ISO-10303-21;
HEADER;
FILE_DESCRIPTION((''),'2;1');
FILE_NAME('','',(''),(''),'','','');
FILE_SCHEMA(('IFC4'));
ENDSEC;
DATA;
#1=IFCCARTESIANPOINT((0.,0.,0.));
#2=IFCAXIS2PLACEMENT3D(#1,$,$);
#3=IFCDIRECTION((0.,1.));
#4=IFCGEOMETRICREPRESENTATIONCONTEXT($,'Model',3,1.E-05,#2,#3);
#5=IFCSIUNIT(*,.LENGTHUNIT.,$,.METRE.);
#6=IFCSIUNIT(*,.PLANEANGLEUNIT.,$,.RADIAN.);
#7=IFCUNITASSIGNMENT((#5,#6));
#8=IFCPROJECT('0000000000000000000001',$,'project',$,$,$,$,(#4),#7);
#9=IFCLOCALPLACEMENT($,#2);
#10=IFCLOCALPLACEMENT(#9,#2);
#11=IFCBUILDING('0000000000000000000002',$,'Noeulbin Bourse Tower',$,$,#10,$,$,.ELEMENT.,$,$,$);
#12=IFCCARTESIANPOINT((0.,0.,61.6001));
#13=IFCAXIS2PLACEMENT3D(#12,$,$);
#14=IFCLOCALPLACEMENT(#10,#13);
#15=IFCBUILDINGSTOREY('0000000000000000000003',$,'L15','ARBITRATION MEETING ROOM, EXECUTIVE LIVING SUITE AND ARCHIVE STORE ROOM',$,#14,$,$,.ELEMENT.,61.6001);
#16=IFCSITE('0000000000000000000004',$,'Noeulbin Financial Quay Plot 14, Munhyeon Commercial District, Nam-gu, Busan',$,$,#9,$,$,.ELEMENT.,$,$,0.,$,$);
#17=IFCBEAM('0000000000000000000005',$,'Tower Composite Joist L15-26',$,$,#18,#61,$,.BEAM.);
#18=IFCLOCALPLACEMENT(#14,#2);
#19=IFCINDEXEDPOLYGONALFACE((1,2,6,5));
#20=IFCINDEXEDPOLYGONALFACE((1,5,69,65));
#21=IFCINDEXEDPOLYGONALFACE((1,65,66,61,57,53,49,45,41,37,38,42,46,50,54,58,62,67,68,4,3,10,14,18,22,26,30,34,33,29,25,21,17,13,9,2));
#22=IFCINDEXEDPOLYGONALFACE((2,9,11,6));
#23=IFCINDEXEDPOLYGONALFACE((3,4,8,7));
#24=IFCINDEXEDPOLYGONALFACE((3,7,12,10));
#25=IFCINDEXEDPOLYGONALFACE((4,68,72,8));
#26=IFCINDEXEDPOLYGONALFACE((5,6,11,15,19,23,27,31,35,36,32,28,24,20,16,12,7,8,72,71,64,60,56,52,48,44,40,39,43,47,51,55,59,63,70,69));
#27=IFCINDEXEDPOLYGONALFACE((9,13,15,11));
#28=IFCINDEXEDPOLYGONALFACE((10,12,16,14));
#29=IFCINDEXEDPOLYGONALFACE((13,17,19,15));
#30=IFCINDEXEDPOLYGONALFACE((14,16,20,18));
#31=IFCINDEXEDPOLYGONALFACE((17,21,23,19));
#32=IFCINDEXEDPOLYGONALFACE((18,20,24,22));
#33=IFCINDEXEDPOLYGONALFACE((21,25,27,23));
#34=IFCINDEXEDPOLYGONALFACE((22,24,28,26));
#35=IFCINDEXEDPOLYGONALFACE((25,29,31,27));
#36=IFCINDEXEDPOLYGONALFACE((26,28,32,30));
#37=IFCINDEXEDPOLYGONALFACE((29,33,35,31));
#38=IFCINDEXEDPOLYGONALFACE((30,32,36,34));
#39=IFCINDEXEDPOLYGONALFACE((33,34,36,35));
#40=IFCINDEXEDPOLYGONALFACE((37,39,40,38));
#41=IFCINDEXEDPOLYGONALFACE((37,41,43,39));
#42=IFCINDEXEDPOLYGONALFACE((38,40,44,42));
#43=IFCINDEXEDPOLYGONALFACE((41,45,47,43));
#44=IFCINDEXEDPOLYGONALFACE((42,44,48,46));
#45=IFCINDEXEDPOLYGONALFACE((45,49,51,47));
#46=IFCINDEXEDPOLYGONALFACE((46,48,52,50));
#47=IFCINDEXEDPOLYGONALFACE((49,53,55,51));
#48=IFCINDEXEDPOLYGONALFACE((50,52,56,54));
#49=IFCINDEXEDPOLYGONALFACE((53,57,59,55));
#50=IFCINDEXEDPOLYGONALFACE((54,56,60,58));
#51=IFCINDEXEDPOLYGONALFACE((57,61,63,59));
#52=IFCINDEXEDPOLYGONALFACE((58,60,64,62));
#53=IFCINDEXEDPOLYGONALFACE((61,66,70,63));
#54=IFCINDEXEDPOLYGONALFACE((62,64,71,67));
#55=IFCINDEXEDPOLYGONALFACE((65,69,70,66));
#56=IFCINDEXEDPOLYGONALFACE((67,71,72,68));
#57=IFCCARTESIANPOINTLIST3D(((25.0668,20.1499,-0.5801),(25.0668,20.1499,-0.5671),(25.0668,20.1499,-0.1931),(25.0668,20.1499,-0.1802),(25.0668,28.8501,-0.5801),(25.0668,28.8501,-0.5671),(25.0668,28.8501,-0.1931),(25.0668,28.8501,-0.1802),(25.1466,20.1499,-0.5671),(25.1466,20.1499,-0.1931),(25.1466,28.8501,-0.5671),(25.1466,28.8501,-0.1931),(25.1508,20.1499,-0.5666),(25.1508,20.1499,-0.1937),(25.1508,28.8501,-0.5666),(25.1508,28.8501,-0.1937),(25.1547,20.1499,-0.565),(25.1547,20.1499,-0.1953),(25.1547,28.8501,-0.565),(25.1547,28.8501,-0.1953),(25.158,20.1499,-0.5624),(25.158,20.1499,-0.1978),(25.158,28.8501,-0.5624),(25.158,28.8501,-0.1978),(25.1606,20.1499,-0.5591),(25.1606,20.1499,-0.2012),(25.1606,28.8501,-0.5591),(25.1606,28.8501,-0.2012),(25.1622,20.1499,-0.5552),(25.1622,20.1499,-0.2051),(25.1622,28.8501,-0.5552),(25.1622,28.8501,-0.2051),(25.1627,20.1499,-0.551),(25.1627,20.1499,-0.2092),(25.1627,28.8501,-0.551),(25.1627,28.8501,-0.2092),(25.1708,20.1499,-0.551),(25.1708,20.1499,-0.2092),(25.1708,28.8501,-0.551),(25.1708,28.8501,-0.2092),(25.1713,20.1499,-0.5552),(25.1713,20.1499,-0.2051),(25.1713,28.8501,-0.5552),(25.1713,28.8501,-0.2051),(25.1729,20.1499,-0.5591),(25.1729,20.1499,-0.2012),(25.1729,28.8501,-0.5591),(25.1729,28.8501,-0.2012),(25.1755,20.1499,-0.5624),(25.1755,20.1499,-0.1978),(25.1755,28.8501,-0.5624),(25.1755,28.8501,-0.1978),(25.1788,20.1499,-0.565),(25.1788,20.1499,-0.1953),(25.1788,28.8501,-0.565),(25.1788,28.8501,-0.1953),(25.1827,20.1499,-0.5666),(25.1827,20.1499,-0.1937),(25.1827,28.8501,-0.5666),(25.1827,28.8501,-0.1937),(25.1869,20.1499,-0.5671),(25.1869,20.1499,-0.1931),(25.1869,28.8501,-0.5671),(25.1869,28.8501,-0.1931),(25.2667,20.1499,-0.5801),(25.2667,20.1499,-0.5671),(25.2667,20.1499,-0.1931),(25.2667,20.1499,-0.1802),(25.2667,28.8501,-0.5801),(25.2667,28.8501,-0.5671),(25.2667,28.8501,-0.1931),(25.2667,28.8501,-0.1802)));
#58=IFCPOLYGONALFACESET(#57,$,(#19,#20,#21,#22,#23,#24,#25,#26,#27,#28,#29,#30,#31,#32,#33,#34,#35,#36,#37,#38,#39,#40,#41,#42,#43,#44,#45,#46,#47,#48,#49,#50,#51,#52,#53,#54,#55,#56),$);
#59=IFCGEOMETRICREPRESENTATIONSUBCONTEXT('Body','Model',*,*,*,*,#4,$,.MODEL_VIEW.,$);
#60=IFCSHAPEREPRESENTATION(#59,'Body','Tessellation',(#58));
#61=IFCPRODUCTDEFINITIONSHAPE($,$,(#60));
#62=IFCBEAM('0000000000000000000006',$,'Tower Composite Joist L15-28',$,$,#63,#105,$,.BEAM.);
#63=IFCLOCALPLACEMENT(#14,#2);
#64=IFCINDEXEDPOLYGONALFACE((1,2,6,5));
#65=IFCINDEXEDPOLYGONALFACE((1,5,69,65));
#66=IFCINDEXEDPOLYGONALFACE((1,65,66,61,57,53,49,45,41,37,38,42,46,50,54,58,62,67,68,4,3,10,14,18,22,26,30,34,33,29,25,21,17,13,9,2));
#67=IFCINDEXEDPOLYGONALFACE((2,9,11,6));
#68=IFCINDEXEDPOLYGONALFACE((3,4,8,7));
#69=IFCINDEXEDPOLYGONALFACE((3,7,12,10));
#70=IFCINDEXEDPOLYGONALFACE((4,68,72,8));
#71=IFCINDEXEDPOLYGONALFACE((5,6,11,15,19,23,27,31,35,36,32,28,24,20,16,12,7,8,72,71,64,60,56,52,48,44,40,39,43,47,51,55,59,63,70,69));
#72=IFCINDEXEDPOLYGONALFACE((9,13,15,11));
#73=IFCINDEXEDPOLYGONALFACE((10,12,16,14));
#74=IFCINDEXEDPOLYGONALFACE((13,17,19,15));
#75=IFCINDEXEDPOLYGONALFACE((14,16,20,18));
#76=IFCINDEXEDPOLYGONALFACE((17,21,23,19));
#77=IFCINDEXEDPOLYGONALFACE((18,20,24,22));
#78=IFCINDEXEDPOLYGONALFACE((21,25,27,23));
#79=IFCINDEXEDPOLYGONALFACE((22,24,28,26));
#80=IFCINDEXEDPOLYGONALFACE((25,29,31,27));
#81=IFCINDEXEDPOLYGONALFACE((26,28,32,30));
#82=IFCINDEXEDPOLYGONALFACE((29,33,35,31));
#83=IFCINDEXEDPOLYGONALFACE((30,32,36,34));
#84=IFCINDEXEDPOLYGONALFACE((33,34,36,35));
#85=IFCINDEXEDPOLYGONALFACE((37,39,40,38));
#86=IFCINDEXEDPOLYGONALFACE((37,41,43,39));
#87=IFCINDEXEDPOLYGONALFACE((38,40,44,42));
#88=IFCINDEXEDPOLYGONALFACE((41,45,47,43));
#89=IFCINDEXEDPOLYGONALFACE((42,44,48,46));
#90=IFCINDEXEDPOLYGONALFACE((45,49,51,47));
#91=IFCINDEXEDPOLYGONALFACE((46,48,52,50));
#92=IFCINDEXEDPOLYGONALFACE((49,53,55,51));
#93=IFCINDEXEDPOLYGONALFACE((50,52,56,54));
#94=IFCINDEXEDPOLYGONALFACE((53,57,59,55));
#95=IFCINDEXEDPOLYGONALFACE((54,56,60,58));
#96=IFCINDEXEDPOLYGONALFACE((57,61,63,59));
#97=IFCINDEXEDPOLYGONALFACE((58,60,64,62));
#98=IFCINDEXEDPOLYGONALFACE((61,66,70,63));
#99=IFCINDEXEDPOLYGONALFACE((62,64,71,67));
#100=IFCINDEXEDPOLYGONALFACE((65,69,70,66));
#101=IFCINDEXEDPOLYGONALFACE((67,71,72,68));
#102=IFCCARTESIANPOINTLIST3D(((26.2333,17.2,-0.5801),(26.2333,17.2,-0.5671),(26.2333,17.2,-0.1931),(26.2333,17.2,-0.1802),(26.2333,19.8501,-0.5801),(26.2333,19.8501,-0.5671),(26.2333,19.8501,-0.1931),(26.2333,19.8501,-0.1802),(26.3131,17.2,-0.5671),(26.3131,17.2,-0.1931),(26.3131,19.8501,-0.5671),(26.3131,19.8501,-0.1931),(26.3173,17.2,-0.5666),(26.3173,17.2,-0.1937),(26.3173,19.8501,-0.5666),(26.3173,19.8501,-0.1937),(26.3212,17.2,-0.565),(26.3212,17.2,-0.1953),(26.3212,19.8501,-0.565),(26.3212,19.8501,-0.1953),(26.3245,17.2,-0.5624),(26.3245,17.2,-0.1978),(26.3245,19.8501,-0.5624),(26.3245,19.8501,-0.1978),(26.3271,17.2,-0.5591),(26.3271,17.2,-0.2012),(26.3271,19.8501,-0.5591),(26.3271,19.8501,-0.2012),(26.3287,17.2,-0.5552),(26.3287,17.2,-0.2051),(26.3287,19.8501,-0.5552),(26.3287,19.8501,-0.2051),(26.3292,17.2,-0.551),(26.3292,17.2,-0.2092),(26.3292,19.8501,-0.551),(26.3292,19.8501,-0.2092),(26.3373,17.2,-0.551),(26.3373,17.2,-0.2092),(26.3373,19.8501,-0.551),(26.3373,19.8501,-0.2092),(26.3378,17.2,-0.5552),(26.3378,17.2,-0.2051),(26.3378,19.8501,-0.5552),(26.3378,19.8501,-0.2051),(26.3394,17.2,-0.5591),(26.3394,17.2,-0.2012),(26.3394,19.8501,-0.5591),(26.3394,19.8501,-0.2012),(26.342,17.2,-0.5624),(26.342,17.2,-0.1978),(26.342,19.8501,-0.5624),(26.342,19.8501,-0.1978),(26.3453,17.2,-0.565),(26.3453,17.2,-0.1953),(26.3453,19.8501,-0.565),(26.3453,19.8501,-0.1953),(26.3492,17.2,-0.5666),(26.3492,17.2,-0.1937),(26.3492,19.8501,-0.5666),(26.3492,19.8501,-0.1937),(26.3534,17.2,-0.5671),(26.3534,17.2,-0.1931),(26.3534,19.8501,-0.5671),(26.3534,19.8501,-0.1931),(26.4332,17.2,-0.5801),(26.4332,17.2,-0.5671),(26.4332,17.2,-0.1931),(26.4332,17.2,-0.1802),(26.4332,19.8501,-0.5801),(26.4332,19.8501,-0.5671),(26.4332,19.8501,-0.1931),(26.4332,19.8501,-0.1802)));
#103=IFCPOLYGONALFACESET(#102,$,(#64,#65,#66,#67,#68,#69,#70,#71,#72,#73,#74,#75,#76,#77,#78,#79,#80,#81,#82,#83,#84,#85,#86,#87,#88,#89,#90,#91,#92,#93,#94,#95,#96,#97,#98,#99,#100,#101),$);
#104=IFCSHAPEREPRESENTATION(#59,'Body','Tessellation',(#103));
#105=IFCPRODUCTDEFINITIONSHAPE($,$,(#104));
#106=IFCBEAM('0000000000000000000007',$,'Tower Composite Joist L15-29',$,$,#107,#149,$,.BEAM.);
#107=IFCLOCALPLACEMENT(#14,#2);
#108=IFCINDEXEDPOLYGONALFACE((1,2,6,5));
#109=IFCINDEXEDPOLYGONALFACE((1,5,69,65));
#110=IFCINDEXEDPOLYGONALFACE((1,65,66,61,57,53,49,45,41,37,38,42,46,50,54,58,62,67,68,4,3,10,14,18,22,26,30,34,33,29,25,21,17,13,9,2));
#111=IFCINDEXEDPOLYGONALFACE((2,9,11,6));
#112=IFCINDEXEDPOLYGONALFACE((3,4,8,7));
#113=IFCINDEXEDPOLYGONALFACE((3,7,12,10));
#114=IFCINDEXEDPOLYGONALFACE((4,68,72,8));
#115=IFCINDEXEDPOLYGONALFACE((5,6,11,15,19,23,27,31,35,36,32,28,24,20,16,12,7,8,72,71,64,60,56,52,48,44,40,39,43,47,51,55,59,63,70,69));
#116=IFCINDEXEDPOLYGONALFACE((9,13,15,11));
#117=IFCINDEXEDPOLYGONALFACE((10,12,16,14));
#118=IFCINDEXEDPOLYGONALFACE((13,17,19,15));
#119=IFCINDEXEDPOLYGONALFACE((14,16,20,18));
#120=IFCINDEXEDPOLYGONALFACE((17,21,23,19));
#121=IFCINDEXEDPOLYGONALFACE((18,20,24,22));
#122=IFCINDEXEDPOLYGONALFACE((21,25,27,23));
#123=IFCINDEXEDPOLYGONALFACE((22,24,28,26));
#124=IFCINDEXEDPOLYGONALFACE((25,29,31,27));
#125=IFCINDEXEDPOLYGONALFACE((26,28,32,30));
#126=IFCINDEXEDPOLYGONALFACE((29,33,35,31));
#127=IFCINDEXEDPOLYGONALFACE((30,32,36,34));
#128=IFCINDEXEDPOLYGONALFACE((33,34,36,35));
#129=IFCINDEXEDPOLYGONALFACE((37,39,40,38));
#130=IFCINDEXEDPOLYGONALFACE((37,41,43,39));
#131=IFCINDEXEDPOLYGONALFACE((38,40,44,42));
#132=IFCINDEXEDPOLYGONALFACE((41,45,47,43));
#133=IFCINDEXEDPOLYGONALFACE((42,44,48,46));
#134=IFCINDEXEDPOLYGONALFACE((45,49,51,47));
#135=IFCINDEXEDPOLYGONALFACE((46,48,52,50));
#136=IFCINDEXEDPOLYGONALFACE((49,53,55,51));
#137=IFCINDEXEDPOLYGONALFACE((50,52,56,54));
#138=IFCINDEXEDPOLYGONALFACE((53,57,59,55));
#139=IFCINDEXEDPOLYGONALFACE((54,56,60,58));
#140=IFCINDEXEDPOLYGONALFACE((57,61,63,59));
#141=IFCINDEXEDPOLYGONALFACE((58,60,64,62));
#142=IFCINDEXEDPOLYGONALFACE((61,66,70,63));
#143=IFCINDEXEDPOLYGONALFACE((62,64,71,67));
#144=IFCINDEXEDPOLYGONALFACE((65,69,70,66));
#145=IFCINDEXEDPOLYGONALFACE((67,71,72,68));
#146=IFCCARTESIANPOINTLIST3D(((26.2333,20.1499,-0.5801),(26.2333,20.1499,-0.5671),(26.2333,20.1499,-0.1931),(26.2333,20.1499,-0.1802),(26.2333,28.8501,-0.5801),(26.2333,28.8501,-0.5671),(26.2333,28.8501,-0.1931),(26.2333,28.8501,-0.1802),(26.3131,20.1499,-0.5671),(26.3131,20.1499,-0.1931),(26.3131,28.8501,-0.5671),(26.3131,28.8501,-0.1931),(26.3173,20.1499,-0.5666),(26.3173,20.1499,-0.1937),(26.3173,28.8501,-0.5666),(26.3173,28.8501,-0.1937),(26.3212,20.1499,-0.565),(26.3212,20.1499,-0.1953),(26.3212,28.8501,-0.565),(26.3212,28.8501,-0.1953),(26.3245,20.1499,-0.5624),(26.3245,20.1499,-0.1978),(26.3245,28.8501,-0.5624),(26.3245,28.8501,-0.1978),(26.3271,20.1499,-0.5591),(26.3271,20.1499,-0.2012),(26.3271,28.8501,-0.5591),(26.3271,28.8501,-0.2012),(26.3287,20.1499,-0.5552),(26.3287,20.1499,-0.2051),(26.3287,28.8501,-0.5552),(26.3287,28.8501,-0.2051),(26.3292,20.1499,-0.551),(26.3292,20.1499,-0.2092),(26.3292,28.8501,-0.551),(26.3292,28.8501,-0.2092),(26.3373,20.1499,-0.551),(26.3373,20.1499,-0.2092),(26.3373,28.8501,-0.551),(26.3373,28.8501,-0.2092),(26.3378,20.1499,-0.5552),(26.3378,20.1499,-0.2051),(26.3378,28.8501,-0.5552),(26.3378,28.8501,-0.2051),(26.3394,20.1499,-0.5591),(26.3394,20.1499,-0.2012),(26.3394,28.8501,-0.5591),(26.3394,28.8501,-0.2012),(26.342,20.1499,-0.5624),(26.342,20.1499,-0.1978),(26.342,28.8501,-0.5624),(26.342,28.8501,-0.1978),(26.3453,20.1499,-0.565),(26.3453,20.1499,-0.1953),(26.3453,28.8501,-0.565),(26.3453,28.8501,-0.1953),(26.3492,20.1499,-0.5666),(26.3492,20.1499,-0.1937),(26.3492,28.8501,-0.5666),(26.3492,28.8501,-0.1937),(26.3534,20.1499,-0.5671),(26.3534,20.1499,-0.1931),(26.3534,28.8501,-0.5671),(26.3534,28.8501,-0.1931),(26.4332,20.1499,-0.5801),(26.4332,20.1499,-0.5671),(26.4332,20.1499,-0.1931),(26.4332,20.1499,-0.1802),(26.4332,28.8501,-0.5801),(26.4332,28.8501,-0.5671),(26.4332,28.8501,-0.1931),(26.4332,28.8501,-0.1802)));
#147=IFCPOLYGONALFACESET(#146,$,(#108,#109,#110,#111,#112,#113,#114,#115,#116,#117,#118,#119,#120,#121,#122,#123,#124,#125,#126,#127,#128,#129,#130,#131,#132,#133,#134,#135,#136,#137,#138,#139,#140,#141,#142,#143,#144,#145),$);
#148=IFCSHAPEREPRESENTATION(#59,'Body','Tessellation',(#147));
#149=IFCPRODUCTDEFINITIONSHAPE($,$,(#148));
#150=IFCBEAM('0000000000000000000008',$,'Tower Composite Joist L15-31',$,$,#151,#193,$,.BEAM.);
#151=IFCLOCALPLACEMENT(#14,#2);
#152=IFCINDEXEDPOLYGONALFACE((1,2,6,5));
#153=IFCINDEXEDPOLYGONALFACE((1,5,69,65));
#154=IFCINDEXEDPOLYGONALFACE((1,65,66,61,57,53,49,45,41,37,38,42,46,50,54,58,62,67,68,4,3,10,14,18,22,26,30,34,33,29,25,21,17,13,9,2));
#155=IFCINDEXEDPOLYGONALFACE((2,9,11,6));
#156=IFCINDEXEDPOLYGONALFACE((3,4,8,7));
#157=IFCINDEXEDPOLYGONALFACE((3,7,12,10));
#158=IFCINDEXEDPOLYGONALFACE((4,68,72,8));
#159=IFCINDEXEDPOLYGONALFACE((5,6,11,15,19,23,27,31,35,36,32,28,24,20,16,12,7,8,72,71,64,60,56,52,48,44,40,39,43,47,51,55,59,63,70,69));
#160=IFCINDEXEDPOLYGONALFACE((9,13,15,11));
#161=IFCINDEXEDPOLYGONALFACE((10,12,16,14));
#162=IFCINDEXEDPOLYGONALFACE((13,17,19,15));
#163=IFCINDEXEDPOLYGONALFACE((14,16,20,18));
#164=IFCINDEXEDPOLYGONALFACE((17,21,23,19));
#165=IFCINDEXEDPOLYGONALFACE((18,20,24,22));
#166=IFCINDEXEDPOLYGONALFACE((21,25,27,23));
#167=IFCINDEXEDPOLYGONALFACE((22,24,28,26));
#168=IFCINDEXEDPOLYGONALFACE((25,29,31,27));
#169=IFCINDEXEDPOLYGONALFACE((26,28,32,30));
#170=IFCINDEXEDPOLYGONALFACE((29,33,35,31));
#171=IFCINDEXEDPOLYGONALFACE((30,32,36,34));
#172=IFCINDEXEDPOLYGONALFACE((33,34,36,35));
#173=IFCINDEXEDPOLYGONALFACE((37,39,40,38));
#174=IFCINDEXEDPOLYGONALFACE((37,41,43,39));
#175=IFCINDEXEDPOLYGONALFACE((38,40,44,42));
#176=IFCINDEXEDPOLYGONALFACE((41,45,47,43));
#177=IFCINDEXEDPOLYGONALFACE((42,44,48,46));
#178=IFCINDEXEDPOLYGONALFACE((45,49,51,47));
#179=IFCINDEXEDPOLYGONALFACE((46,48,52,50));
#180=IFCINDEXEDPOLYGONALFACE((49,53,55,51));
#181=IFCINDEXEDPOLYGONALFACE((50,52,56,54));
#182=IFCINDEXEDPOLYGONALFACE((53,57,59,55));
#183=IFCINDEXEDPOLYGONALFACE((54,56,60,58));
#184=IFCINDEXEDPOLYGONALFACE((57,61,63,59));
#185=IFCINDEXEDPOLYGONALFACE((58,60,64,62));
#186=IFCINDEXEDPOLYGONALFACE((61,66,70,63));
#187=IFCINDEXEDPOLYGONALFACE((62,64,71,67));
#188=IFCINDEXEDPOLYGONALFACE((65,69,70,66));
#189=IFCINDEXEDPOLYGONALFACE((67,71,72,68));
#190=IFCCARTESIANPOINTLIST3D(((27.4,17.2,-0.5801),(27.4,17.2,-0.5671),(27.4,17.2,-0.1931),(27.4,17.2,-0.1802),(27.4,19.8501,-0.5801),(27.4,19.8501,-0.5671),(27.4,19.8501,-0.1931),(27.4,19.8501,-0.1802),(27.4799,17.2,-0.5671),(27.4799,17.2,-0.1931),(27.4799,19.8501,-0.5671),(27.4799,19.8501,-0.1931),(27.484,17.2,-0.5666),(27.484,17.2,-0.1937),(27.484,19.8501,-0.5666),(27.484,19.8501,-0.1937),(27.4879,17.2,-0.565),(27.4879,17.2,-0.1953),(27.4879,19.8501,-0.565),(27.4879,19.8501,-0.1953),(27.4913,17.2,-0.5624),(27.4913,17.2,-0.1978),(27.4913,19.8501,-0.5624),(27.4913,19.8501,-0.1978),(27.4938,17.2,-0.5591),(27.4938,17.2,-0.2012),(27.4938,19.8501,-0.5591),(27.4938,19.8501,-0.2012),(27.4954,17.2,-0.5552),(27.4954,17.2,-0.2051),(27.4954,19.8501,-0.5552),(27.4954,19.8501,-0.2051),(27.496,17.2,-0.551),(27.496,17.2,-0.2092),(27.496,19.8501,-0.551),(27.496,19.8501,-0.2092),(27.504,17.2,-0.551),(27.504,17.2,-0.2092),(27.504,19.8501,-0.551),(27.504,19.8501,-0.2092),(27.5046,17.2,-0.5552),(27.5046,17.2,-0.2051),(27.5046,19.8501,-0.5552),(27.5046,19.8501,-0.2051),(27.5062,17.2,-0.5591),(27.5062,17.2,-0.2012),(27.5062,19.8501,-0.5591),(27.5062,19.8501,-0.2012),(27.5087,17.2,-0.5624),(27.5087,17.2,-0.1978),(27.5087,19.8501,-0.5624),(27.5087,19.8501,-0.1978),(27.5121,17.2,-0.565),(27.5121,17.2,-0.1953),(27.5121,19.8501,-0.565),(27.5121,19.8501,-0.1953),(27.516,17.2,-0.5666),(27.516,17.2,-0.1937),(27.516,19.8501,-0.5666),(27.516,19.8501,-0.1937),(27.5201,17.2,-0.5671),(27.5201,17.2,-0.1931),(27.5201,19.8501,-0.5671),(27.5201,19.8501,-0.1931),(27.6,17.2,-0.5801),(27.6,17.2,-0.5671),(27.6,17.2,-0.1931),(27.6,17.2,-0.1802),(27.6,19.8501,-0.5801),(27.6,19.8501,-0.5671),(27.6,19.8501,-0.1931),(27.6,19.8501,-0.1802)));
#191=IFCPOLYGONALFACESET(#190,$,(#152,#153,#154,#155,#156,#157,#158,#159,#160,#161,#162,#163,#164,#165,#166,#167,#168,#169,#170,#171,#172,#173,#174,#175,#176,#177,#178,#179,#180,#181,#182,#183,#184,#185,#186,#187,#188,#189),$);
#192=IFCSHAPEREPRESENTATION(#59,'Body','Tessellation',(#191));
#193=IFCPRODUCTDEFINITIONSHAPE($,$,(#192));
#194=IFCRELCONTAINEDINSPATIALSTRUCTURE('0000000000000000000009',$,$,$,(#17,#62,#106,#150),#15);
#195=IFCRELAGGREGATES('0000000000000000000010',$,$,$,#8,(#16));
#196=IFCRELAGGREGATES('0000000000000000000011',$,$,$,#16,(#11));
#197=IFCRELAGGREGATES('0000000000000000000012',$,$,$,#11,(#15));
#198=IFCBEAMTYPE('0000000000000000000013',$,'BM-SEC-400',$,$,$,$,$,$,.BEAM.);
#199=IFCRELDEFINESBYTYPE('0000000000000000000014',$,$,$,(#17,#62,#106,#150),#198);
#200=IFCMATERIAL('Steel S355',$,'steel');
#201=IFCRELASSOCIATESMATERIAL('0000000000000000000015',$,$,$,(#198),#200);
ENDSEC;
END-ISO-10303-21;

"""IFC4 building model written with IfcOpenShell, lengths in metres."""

from ifc_helpers import new_model, si_unit, direction, frame, origin, origin_2d, place, context, subcontext, project, spatial, i_section, extrude, material, material_profile, profile_set, type_object, element, save


model = new_model("IFC4")

# Units and contexts
model_context = context("Model", 3, precision=1e-05, world=origin(), true_north=direction((0.0, 1.0)))
body_context = subcontext(model_context, "Body", "Model", "MODEL_VIEW")
ifc_project = project(units=[si_unit("LENGTHUNIT", "METRE"), si_unit("PLANEANGLEUNIT", "RADIAN")], contexts=[model_context])

# Site, building, storey
site_placement = place(None, origin())
site = spatial("IfcSite", under=ifc_project, at=site_placement, Name="Noeulbin Financial Quay Plot 14, Munhyeon Commercial District, Nam-gu, Busan", CompositionType="ELEMENT", RefElevation=0.0)
building_placement = place(site_placement, origin())
building = spatial("IfcBuilding", under=site, at=building_placement, Name="Noeulbin Bourse Tower", CompositionType="ELEMENT")
storey_placement = place(building_placement, frame((0.0, 0.0, 61.6001)))
storey = spatial("IfcBuildingStorey", under=building, at=storey_placement, Name="L15", Description="ARBITRATION MEETING ROOM, EXECUTIVE LIVING SUITE AND ARCHIVE STORE ROOM", CompositionType="ELEMENT", Elevation=61.6001)

# Beams
ifc_material_1 = material(Name="Steel S355", Category="steel")
ifc_material_profile_1 = material_profile(ifc_material_1, i_section(OverallWidth=0.2, OverallDepth=0.3999, WebThickness=0.0081, FlangeThickness=0.0129, FilletRadius=0.0161, at=origin_2d()), Name="H-400x200x8x13", Category="LoadBearing")
ifc_profile_set_1 = profile_set([ifc_material_profile_1], Name="Steel S355")
beam_type_1 = type_object("IfcBeamType", Name="BM-SEC-400", PredefinedType="BEAM", material=ifc_profile_set_1)
beam_1_placement = place(storey_placement, frame((25.1667, 20.1499, -0.3801), z_axis=(0.0, 1.0, 0.0), x_axis=(-1.0, 0.0, 0.0)))
element("IfcBeam", 1, at=beam_1_placement, inside=storey, type_object=beam_type_1, Name="Tower Composite Joist L15-26", PredefinedType="BEAM", context=body_context, shape_type="SweptSolid", body=[
    extrude(i_section(OverallWidth=0.2, OverallDepth=0.3999, WebThickness=0.0081, FlangeThickness=0.0129, FilletRadius=0.0161, at=origin_2d()), origin(), (0.0, 0.0, 1.0), 8.7002),
])
beam_2_placement = place(storey_placement, frame((26.3333, 17.2, -0.3801), z_axis=(0.0, 1.0, 0.0), x_axis=(-1.0, 0.0, 0.0)))
element("IfcBeam", 2, at=beam_2_placement, inside=storey, type_object=beam_type_1, Name="Tower Composite Joist L15-28", PredefinedType="BEAM", context=body_context, shape_type="SweptSolid", body=[
    extrude(i_section(OverallWidth=0.2, OverallDepth=0.3999, WebThickness=0.0081, FlangeThickness=0.0129, FilletRadius=0.0161, at=origin_2d()), origin(), (0.0, 0.0, 1.0), 2.6501),
])
beam_3_placement = place(storey_placement, frame((26.3333, 20.1499, -0.3801), z_axis=(0.0, 1.0, 0.0), x_axis=(-1.0, 0.0, 0.0)))
element("IfcBeam", 3, at=beam_3_placement, inside=storey, type_object=beam_type_1, Name="Tower Composite Joist L15-29", PredefinedType="BEAM", context=body_context, shape_type="SweptSolid", body=[
    extrude(i_section(OverallWidth=0.2, OverallDepth=0.3999, WebThickness=0.0081, FlangeThickness=0.0129, FilletRadius=0.0161, at=origin_2d()), origin(), (0.0, 0.0, 1.0), 8.7002),
])
beam_4_placement = place(storey_placement, frame((27.5, 17.2, -0.3801), z_axis=(0.0, 1.0, 0.0), x_axis=(-1.0, 0.0, 0.0)))
element("IfcBeam", 4, at=beam_4_placement, inside=storey, type_object=beam_type_1, Name="Tower Composite Joist L15-31", PredefinedType="BEAM", context=body_context, shape_type="SweptSolid", body=[
    extrude(i_section(OverallWidth=0.2, OverallDepth=0.3999, WebThickness=0.0081, FlangeThickness=0.0129, FilletRadius=0.0161, at=origin_2d()), origin(), (0.0, 0.0, 1.0), 2.6501),
])

save(model, "model.ifc")
